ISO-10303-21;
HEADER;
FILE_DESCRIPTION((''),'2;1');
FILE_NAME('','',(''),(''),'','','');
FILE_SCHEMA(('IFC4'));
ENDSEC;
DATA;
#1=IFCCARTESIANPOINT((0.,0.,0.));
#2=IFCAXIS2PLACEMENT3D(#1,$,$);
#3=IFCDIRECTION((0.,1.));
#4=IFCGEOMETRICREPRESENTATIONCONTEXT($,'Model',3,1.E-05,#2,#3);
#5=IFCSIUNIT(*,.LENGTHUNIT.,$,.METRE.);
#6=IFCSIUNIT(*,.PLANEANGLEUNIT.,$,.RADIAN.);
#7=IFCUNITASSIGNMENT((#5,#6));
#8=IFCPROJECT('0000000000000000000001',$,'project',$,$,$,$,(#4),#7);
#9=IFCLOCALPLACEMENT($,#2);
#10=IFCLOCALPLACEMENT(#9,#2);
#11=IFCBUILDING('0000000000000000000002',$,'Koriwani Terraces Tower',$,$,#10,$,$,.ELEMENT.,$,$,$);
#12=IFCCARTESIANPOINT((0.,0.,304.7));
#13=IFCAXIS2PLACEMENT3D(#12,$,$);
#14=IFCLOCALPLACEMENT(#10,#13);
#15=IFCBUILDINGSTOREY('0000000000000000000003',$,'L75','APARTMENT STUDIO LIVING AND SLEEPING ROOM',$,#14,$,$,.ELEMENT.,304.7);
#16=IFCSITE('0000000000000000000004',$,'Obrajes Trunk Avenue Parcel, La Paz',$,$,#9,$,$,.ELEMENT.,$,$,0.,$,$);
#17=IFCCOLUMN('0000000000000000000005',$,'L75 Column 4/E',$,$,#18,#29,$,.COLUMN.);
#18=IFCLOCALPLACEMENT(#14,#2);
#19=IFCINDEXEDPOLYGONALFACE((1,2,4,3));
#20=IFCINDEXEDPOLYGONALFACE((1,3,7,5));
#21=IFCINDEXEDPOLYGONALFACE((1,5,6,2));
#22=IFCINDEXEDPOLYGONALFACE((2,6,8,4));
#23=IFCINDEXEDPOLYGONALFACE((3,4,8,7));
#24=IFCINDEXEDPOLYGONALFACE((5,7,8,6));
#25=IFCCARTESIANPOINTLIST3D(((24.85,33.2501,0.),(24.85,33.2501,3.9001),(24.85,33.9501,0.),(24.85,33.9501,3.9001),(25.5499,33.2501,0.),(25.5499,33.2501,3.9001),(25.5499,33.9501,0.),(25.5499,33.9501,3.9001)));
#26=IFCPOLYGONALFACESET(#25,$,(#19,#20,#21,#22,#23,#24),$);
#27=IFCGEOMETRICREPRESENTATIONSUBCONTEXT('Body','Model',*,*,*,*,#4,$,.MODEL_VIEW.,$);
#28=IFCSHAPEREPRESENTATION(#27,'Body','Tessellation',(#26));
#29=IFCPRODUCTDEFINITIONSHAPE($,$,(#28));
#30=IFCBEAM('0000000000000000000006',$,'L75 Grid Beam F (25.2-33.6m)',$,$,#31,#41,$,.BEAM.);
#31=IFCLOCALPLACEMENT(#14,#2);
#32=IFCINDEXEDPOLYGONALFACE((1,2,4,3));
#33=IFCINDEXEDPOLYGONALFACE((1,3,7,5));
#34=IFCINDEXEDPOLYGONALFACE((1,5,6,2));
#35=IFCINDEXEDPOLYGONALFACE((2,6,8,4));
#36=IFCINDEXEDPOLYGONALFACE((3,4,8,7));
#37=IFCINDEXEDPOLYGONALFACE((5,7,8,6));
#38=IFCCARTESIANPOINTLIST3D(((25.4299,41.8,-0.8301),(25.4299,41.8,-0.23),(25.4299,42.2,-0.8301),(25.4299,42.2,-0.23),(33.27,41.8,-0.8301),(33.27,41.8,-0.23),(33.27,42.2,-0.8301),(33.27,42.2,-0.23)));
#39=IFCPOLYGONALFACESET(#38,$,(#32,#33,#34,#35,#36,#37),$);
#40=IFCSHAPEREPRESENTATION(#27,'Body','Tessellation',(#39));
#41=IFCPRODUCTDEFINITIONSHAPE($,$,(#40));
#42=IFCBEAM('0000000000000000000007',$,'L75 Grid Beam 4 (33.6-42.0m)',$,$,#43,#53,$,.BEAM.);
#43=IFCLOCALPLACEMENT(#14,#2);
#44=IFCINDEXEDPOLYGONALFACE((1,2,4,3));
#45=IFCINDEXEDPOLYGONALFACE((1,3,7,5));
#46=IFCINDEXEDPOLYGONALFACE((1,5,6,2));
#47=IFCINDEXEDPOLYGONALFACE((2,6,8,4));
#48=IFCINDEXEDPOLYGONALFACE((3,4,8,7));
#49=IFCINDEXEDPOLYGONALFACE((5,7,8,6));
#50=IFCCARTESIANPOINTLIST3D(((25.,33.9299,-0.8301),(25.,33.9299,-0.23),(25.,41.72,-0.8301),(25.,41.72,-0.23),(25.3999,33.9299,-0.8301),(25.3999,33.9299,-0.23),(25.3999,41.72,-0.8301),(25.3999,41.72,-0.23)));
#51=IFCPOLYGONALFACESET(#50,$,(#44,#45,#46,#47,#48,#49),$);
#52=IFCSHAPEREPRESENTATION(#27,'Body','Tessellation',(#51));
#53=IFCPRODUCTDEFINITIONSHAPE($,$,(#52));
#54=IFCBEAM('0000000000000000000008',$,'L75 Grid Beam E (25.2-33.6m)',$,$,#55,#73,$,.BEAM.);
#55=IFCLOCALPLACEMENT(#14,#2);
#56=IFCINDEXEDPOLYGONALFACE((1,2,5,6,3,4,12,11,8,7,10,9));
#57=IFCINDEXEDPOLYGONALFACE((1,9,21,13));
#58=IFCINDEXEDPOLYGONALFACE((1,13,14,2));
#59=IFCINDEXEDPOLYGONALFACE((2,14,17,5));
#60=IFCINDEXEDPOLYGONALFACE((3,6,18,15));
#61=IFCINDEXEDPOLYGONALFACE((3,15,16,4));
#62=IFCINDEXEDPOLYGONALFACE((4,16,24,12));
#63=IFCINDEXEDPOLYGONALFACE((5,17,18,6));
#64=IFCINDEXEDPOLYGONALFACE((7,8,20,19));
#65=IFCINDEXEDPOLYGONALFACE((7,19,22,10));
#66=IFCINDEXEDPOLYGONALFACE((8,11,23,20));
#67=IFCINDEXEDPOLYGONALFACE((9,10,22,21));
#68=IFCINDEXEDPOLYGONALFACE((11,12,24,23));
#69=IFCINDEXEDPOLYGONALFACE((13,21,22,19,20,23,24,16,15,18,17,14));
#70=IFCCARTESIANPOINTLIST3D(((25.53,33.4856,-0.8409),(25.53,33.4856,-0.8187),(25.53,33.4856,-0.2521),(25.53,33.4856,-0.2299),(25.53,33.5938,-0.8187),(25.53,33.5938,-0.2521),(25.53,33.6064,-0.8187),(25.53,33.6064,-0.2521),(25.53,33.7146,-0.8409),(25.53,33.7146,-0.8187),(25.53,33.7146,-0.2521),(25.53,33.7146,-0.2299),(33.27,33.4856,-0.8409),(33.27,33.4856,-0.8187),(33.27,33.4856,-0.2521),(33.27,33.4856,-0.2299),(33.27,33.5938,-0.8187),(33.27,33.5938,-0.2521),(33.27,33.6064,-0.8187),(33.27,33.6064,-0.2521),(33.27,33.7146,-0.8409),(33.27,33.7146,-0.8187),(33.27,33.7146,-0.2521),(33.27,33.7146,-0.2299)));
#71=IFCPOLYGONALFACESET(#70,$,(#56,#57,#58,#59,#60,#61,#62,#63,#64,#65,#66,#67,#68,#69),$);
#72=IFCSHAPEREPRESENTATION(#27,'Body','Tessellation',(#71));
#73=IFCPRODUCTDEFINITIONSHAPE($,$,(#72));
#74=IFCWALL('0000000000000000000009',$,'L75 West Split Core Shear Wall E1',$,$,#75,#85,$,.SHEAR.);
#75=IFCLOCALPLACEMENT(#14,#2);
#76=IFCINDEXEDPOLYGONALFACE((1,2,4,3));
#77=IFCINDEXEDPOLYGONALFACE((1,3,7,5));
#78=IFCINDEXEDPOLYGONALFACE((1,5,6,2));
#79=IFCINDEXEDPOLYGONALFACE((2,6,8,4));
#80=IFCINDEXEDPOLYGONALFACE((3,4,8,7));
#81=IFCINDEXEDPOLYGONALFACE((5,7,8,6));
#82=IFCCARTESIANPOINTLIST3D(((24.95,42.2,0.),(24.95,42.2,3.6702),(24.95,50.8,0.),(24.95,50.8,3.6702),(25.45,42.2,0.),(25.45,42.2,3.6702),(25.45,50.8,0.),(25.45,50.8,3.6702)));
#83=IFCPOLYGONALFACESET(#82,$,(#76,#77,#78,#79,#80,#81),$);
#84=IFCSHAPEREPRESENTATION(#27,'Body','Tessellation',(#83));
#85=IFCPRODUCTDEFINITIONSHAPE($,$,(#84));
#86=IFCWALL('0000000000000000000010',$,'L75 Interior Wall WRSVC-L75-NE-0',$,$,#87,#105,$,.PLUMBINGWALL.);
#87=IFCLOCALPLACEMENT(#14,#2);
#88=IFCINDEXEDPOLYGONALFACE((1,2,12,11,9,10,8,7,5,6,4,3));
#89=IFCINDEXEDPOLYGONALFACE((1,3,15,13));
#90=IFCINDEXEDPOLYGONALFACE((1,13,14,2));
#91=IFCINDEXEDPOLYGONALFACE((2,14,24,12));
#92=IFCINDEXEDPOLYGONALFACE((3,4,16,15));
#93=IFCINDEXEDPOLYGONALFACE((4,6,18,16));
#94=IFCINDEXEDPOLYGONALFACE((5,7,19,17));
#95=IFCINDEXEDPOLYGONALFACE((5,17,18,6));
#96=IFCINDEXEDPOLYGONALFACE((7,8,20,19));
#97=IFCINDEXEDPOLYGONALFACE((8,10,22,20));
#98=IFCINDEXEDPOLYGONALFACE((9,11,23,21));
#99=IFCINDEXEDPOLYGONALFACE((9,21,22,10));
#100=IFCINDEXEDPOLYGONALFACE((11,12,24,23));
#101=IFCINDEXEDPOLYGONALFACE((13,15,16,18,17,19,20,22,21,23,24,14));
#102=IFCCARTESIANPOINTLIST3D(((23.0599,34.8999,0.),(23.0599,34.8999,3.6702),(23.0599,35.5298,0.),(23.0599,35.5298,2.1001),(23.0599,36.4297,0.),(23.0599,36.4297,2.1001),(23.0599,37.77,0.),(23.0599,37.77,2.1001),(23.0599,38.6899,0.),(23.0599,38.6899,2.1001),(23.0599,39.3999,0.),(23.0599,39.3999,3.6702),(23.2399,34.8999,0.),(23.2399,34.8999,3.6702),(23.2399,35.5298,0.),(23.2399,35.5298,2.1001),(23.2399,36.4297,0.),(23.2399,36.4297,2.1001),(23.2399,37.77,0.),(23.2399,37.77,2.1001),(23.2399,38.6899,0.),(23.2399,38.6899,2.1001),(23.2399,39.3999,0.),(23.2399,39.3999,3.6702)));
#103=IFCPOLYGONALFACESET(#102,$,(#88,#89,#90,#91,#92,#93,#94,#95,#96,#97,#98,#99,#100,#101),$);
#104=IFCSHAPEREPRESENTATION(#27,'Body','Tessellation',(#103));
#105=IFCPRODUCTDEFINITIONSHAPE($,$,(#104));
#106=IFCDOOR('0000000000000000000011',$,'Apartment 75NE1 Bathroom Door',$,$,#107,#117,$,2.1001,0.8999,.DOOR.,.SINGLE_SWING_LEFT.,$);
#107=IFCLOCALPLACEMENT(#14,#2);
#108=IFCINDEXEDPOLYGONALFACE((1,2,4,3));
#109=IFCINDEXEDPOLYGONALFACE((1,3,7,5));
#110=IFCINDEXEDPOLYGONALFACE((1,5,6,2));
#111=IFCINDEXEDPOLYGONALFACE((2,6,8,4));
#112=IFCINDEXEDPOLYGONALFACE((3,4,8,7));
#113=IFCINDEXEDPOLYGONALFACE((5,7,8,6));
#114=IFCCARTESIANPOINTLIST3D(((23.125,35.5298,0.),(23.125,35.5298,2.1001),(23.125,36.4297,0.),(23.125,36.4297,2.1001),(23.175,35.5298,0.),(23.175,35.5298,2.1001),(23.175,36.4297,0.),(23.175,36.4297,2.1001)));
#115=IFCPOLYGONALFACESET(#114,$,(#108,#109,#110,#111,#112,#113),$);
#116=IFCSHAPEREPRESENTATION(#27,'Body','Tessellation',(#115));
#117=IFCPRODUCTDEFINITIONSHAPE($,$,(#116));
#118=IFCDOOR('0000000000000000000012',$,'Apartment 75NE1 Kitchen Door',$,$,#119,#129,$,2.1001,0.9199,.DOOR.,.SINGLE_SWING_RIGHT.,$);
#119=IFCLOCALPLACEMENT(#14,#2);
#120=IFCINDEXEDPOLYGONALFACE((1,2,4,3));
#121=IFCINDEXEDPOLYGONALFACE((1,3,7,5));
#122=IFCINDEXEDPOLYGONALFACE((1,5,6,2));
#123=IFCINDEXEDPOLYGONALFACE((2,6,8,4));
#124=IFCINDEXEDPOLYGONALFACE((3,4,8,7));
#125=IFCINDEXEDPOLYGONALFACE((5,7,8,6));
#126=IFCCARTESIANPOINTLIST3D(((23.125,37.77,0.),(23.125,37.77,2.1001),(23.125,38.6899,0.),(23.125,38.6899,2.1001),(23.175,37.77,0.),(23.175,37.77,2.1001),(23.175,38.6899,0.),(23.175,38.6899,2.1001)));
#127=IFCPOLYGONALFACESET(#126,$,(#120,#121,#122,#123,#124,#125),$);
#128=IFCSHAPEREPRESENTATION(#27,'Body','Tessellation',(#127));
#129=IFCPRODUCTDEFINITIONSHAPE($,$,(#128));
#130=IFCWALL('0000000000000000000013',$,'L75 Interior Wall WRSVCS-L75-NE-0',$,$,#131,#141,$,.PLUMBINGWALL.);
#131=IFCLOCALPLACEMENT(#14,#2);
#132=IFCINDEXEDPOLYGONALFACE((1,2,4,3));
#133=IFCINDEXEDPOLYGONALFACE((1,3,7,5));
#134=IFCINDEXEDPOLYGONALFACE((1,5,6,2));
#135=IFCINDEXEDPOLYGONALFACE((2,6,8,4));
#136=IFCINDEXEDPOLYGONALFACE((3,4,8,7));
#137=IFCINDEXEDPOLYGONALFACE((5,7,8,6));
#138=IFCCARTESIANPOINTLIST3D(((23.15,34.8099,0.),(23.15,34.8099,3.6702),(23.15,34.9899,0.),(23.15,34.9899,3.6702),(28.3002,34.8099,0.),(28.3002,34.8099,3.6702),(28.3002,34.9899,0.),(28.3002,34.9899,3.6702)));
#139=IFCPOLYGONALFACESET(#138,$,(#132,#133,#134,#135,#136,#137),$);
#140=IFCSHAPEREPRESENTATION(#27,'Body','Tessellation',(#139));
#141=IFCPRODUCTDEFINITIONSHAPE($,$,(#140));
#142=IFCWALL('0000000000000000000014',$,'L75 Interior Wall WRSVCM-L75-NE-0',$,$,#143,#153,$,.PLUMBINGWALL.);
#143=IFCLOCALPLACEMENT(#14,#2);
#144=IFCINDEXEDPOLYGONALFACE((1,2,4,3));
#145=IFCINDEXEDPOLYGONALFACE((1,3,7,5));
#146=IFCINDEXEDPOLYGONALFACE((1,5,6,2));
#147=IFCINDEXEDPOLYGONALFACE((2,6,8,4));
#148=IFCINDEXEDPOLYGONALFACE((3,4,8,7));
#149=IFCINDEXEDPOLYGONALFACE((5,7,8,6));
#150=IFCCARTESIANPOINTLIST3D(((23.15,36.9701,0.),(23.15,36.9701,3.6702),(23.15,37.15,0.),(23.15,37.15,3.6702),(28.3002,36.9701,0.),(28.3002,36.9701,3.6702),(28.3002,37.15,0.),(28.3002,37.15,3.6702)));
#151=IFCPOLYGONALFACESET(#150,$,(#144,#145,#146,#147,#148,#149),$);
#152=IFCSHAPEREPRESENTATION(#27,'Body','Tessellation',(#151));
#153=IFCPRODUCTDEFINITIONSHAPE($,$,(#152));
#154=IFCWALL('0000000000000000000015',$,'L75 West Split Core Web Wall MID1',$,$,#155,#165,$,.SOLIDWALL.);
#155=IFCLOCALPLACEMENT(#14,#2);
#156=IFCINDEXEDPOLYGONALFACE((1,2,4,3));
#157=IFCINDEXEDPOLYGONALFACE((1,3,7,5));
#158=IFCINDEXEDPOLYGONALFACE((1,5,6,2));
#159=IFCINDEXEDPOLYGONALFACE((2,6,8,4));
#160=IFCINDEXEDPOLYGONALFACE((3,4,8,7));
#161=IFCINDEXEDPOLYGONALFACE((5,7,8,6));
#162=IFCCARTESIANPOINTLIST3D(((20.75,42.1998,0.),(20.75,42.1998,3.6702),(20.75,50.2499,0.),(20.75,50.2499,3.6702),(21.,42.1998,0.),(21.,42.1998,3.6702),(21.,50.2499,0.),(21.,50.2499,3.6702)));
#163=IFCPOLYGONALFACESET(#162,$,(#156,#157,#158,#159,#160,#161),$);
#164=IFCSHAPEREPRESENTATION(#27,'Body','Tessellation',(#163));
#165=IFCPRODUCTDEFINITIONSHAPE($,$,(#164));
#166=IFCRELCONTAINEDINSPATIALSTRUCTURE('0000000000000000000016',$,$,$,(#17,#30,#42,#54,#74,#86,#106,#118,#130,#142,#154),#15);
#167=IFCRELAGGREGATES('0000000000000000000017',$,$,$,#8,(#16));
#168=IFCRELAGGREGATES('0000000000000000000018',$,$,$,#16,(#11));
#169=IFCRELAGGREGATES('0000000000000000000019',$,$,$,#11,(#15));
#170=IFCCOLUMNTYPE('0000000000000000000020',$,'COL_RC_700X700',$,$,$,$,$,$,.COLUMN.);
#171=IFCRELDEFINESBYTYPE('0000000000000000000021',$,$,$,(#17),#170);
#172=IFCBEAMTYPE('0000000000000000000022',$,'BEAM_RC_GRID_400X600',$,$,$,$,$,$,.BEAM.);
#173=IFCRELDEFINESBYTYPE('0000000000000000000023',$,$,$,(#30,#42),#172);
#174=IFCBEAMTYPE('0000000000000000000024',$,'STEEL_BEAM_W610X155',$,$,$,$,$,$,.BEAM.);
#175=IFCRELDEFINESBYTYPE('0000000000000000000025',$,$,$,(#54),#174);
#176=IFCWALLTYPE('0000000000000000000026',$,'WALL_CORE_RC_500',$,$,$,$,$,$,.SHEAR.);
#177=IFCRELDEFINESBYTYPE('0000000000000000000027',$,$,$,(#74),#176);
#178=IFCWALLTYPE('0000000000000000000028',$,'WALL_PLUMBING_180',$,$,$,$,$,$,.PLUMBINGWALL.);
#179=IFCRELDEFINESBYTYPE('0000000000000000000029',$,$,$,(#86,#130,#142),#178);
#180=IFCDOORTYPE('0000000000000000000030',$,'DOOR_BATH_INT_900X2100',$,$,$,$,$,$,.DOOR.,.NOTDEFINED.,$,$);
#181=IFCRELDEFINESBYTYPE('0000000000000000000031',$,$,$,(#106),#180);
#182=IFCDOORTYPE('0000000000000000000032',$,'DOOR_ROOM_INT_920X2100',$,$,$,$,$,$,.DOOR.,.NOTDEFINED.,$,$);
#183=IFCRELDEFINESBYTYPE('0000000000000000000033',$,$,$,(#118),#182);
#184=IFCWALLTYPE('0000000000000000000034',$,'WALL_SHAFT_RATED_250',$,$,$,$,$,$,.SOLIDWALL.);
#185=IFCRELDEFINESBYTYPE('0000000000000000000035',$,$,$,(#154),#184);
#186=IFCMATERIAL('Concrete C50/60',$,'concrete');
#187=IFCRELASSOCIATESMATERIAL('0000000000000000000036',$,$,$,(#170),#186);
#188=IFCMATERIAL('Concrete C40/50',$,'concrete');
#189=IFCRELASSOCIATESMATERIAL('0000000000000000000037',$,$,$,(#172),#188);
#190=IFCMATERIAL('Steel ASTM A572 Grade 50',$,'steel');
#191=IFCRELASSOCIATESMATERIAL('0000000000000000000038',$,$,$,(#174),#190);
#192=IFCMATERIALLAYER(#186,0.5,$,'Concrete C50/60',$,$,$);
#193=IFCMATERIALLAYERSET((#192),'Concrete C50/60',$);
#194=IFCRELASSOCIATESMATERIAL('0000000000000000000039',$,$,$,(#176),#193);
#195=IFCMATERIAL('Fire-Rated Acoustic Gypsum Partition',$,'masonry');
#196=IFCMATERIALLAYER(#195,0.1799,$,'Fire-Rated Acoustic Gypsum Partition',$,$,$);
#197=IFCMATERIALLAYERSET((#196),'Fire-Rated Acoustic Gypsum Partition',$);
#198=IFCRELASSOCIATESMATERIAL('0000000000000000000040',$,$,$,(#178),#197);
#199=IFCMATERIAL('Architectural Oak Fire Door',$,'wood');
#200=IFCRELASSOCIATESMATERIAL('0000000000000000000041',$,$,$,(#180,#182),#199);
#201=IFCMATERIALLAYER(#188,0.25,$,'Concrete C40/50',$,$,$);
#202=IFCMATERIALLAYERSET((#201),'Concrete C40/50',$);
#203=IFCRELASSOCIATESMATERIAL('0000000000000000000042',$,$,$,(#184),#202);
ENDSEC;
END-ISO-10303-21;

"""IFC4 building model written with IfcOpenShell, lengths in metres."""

from ifc_helpers import new_model, si_unit, direction, frame, frame_2d, origin, origin_2d, place, context, subcontext, project, spatial, rectangle, i_section, extrude, material, layer, layer_set, material_profile, profile_set, type_object, element, fill, save


model = new_model("IFC4")

# Units and contexts
model_context = context("Model", 3, precision=1e-05, world=origin(), true_north=direction((0.0, 1.0)))
body_context = subcontext(model_context, "Body", "Model", "MODEL_VIEW")
ifc_project = project(units=[si_unit("LENGTHUNIT", "METRE"), si_unit("PLANEANGLEUNIT", "RADIAN")], contexts=[model_context])

# Site, building, storey
site_placement = place(None, origin())
site = spatial("IfcSite", under=ifc_project, at=site_placement, Name="Obrajes Trunk Avenue Parcel, La Paz", CompositionType="ELEMENT", RefElevation=0.0)
building_placement = place(site_placement, origin())
building = spatial("IfcBuilding", under=site, at=building_placement, Name="Koriwani Terraces Tower", CompositionType="ELEMENT")
storey_placement = place(building_placement, frame((0.0, 0.0, 304.7)))
storey = spatial("IfcBuildingStorey", under=building, at=storey_placement, Name="L75", Description="APARTMENT STUDIO LIVING AND SLEEPING ROOM", CompositionType="ELEMENT", Elevation=304.7)

# Column
ifc_material_1 = material(Name="Concrete C50/60", Category="concrete")
ifc_material_profile_1 = material_profile(ifc_material_1, rectangle(XDim=0.7, YDim=0.7, at=origin_2d()), Name="Concrete C50/60", Category="LoadBearing")
ifc_profile_set_1 = profile_set([ifc_material_profile_1], Name="Concrete C50/60")
column_type = type_object("IfcColumnType", Name="COL_RC_700X700", PredefinedType="COLUMN", material=ifc_profile_set_1)
column_placement = place(storey_placement, frame((25.2, 33.6001, 0.0), z_axis=(0.0, 0.0, 1.0), x_axis=(1.0, 0.0, 0.0)))
element("IfcColumn", 1, at=column_placement, inside=storey, type_object=column_type, Name="L75 Column 4/E", PredefinedType="COLUMN", context=body_context, shape_type="SweptSolid", body=[
    extrude(rectangle(XDim=0.7, YDim=0.7, at=origin_2d()), origin(), (0.0, 0.0, 1.0), 3.9001),
])

# Beams
ifc_material_2 = material(Name="Concrete C40/50", Category="concrete")
ifc_material_profile_2 = material_profile(ifc_material_2, rectangle(XDim=0.3999, YDim=0.6001, at=origin_2d()), Name="Concrete C40/50", Category="LoadBearing")
ifc_profile_set_2 = profile_set([ifc_material_profile_2], Name="Concrete C40/50")
beam_type_1 = type_object("IfcBeamType", Name="BEAM_RC_GRID_400X600", PredefinedType="BEAM", material=ifc_profile_set_2)
beam_1_placement = place(storey_placement, frame((25.4299, 42.0, -0.53), z_axis=(1.0, 0.0, 0.0), x_axis=(0.0, 1.0, 0.0)))
element("IfcBeam", 2, at=beam_1_placement, inside=storey, type_object=beam_type_1, Name="L75 Grid Beam F (25.2-33.6m)", PredefinedType="BEAM", context=body_context, shape_type="SweptSolid", body=[
    extrude(rectangle(XDim=0.3999, YDim=0.6001, at=origin_2d()), origin(), (0.0, 0.0, 1.0), 7.8401),
])
beam_2_placement = place(storey_placement, frame((25.2, 33.9299, -0.53), z_axis=(0.0, 1.0, 0.0), x_axis=(-1.0, 0.0, 0.0)))
element("IfcBeam", 3, at=beam_2_placement, inside=storey, type_object=beam_type_1, Name="L75 Grid Beam 4 (33.6-42.0m)", PredefinedType="BEAM", context=body_context, shape_type="SweptSolid", body=[
    extrude(rectangle(XDim=0.3999, YDim=0.6001, at=origin_2d()), origin(), (0.0, 0.0, 1.0), 7.79),
])
ifc_material_3 = material(Name="Steel ASTM A572 Grade 50", Category="steel")
ifc_material_profile_3 = material_profile(ifc_material_3, i_section(OverallWidth=0.229, OverallDepth=0.6111, WebThickness=0.0127, FlangeThickness=0.0222, at=origin_2d()), Name="Steel ASTM A572 Grade 50", Category="LoadBearing")
ifc_profile_set_3 = profile_set([ifc_material_profile_3], Name="Steel ASTM A572 Grade 50")
beam_type_2 = type_object("IfcBeamType", Name="STEEL_BEAM_W610X155", PredefinedType="BEAM", material=ifc_profile_set_3)
beam_3_placement = place(storey_placement, frame((25.53, 33.6001, -0.5354), z_axis=(1.0, 0.0, 0.0), x_axis=(0.0, 1.0, 0.0)))
element("IfcBeam", 4, at=beam_3_placement, inside=storey, type_object=beam_type_2, Name="L75 Grid Beam E (25.2-33.6m)", PredefinedType="BEAM", context=body_context, shape_type="SweptSolid", body=[
    extrude(i_section(OverallWidth=0.229, OverallDepth=0.6111, WebThickness=0.0127, FlangeThickness=0.0222, at=origin_2d()), origin(), (0.0, 0.0, 1.0), 7.74),
])

# Wall
ifc_layer_1 = layer(ifc_material_1, 0.5, Name="Concrete C50/60")
ifc_layer_set_1 = layer_set([ifc_layer_1], Name="Concrete C50/60")
wall_type_1 = type_object("IfcWallType", Name="WALL_CORE_RC_500", PredefinedType="SHEAR", material=ifc_layer_set_1)
wall_1_placement = place(storey_placement, frame((25.2, 42.2, 0.0), z_axis=(0.0, 0.0, 1.0), x_axis=(0.0, 1.0, 0.0)))
element("IfcWall", 5, at=wall_1_placement, inside=storey, type_object=wall_type_1, Name="L75 West Split Core Shear Wall E1", PredefinedType="SHEAR", context=body_context, shape_type="SweptSolid", body=[
    extrude(rectangle(XDim=8.6001, YDim=0.5, at=frame_2d((4.3, 0.0))), origin(), (0.0, 0.0, 1.0), 3.6702),
])

# Wall, openings, doors
ifc_material_4 = material(Name="Fire-Rated Acoustic Gypsum Partition", Category="masonry")
ifc_layer_2 = layer(ifc_material_4, 0.1799, Name="Fire-Rated Acoustic Gypsum Partition")
ifc_layer_set_2 = layer_set([ifc_layer_2], Name="Fire-Rated Acoustic Gypsum Partition")
wall_type_2 = type_object("IfcWallType", Name="WALL_PLUMBING_180", PredefinedType="PLUMBINGWALL", material=ifc_layer_set_2)
wall_2_placement = place(storey_placement, frame((23.1499, 34.8999, 0.0), z_axis=(0.0, 0.0, 1.0), x_axis=(0.0, 1.0, 0.0)))
wall_2 = element("IfcWall", 6, at=wall_2_placement, inside=storey, type_object=wall_type_2, Name="L75 Interior Wall WRSVC-L75-NE-0", PredefinedType="PLUMBINGWALL", context=body_context, shape_type="SweptSolid", body=[
    extrude(rectangle(XDim=4.5, YDim=0.1799, at=frame_2d((2.25, 0.0))), origin(), (0.0, 0.0, 1.0), 3.6702),
])
opening_1_placement = place(wall_2_placement, frame((0.6299, 0.0, 0.0)))
opening_1 = element("IfcOpeningElement", 7, at=opening_1_placement, cuts=wall_2, PredefinedType="OPENING", context=body_context, shape_type="SweptSolid", body=[
    extrude(rectangle(XDim=0.8999, YDim=2.1001, at=frame_2d((0.45, 1.05))), frame((0.0, 0.1001, 0.0), z_axis=(0.0, -1.0, 0.0), x_axis=(1.0, 0.0, 0.0)), (0.0, 0.0, 1.0), 0.2),
])
opening_2_placement = place(wall_2_placement, frame((2.8701, 0.0, 0.0)))
opening_2 = element("IfcOpeningElement", 8, at=opening_2_placement, cuts=wall_2, PredefinedType="OPENING", context=body_context, shape_type="SweptSolid", body=[
    extrude(rectangle(XDim=0.9199, YDim=2.1001, at=frame_2d((0.46, 1.05))), frame((0.0, 0.1001, 0.0), z_axis=(0.0, -1.0, 0.0), x_axis=(1.0, 0.0, 0.0)), (0.0, 0.0, 1.0), 0.2),
])
ifc_material_5 = material(Name="Architectural Oak Fire Door", Category="wood")
door_type_1 = type_object("IfcDoorType", Name="DOOR_BATH_INT_900X2100", OperationType="NOTDEFINED", PredefinedType="DOOR", material=ifc_material_5)
door_1_placement = place(opening_1_placement, origin())
door_1 = element("IfcDoor", 9, at=door_1_placement, inside=storey, type_object=door_type_1, Name="Apartment 75NE1 Bathroom Door", OperationType="SINGLE_SWING_LEFT", OverallHeight=2.1001, OverallWidth=0.8999, PredefinedType="DOOR", context=body_context, shape_type="SweptSolid", body=[
    extrude(rectangle(XDim=0.8999, YDim=2.1001, at=frame_2d((0.45, 1.05))), frame((0.0, 0.0249, 0.0), z_axis=(0.0, -1.0, 0.0), x_axis=(1.0, 0.0, 0.0)), (0.0, 0.0, 1.0), 0.05),
])
fill(opening_1, door_1)
door_type_2 = type_object("IfcDoorType", Name="DOOR_ROOM_INT_920X2100", OperationType="NOTDEFINED", PredefinedType="DOOR", material=ifc_material_5)
door_2_placement = place(opening_2_placement, origin())
door_2 = element("IfcDoor", 10, at=door_2_placement, inside=storey, type_object=door_type_2, Name="Apartment 75NE1 Kitchen Door", OperationType="SINGLE_SWING_RIGHT", OverallHeight=2.1001, OverallWidth=0.9199, PredefinedType="DOOR", context=body_context, shape_type="SweptSolid", body=[
    extrude(rectangle(XDim=0.9199, YDim=2.1001, at=frame_2d((0.46, 1.05))), frame((0.0, 0.0249, 0.0), z_axis=(0.0, -1.0, 0.0), x_axis=(1.0, 0.0, 0.0)), (0.0, 0.0, 1.0), 0.05),
])
fill(opening_2, door_2)

# Walls
for number, where, z_axis, x_axis, name in (
    (11, (23.1499, 34.8999, 0.0), (0.0, 0.0, 1.0), (1.0, 0.0, 0.0), "L75 Interior Wall WRSVCS-L75-NE-0"),
    (12, (23.1499, 37.0601, 0.0), (0.0, 0.0, 1.0), (1.0, 0.0, 0.0), "L75 Interior Wall WRSVCM-L75-NE-0"),
):
    element("IfcWall", number, at=place(storey_placement, frame(where, z_axis=z_axis, x_axis=x_axis)), inside=storey, type_object=wall_type_2, Name=name, PredefinedType="PLUMBINGWALL", context=body_context, shape_type="SweptSolid", body=[
        extrude(rectangle(XDim=5.1501, YDim=0.1799, at=frame_2d((2.5752, 0.0))), origin(), (0.0, 0.0, 1.0), 3.6702),
    ])
ifc_layer_3 = layer(ifc_material_2, 0.25, Name="Concrete C40/50")
ifc_layer_set_3 = layer_set([ifc_layer_3], Name="Concrete C40/50")
wall_type_3 = type_object("IfcWallType", Name="WALL_SHAFT_RATED_250", PredefinedType="SOLIDWALL", material=ifc_layer_set_3)
wall_3_placement = place(storey_placement, frame((20.875, 42.2, 0.0), z_axis=(0.0, 0.0, 1.0), x_axis=(0.0, 1.0, 0.0)))
element("IfcWall", 13, at=wall_3_placement, inside=storey, type_object=wall_type_3, Name="L75 West Split Core Web Wall MID1", PredefinedType="SOLIDWALL", context=body_context, shape_type="SweptSolid", body=[
    extrude(rectangle(XDim=8.05, YDim=0.25, at=frame_2d((4.0249, 0.0))), origin(), (0.0, 0.0, 1.0), 3.6702),
])

save(model, "model.ifc")
